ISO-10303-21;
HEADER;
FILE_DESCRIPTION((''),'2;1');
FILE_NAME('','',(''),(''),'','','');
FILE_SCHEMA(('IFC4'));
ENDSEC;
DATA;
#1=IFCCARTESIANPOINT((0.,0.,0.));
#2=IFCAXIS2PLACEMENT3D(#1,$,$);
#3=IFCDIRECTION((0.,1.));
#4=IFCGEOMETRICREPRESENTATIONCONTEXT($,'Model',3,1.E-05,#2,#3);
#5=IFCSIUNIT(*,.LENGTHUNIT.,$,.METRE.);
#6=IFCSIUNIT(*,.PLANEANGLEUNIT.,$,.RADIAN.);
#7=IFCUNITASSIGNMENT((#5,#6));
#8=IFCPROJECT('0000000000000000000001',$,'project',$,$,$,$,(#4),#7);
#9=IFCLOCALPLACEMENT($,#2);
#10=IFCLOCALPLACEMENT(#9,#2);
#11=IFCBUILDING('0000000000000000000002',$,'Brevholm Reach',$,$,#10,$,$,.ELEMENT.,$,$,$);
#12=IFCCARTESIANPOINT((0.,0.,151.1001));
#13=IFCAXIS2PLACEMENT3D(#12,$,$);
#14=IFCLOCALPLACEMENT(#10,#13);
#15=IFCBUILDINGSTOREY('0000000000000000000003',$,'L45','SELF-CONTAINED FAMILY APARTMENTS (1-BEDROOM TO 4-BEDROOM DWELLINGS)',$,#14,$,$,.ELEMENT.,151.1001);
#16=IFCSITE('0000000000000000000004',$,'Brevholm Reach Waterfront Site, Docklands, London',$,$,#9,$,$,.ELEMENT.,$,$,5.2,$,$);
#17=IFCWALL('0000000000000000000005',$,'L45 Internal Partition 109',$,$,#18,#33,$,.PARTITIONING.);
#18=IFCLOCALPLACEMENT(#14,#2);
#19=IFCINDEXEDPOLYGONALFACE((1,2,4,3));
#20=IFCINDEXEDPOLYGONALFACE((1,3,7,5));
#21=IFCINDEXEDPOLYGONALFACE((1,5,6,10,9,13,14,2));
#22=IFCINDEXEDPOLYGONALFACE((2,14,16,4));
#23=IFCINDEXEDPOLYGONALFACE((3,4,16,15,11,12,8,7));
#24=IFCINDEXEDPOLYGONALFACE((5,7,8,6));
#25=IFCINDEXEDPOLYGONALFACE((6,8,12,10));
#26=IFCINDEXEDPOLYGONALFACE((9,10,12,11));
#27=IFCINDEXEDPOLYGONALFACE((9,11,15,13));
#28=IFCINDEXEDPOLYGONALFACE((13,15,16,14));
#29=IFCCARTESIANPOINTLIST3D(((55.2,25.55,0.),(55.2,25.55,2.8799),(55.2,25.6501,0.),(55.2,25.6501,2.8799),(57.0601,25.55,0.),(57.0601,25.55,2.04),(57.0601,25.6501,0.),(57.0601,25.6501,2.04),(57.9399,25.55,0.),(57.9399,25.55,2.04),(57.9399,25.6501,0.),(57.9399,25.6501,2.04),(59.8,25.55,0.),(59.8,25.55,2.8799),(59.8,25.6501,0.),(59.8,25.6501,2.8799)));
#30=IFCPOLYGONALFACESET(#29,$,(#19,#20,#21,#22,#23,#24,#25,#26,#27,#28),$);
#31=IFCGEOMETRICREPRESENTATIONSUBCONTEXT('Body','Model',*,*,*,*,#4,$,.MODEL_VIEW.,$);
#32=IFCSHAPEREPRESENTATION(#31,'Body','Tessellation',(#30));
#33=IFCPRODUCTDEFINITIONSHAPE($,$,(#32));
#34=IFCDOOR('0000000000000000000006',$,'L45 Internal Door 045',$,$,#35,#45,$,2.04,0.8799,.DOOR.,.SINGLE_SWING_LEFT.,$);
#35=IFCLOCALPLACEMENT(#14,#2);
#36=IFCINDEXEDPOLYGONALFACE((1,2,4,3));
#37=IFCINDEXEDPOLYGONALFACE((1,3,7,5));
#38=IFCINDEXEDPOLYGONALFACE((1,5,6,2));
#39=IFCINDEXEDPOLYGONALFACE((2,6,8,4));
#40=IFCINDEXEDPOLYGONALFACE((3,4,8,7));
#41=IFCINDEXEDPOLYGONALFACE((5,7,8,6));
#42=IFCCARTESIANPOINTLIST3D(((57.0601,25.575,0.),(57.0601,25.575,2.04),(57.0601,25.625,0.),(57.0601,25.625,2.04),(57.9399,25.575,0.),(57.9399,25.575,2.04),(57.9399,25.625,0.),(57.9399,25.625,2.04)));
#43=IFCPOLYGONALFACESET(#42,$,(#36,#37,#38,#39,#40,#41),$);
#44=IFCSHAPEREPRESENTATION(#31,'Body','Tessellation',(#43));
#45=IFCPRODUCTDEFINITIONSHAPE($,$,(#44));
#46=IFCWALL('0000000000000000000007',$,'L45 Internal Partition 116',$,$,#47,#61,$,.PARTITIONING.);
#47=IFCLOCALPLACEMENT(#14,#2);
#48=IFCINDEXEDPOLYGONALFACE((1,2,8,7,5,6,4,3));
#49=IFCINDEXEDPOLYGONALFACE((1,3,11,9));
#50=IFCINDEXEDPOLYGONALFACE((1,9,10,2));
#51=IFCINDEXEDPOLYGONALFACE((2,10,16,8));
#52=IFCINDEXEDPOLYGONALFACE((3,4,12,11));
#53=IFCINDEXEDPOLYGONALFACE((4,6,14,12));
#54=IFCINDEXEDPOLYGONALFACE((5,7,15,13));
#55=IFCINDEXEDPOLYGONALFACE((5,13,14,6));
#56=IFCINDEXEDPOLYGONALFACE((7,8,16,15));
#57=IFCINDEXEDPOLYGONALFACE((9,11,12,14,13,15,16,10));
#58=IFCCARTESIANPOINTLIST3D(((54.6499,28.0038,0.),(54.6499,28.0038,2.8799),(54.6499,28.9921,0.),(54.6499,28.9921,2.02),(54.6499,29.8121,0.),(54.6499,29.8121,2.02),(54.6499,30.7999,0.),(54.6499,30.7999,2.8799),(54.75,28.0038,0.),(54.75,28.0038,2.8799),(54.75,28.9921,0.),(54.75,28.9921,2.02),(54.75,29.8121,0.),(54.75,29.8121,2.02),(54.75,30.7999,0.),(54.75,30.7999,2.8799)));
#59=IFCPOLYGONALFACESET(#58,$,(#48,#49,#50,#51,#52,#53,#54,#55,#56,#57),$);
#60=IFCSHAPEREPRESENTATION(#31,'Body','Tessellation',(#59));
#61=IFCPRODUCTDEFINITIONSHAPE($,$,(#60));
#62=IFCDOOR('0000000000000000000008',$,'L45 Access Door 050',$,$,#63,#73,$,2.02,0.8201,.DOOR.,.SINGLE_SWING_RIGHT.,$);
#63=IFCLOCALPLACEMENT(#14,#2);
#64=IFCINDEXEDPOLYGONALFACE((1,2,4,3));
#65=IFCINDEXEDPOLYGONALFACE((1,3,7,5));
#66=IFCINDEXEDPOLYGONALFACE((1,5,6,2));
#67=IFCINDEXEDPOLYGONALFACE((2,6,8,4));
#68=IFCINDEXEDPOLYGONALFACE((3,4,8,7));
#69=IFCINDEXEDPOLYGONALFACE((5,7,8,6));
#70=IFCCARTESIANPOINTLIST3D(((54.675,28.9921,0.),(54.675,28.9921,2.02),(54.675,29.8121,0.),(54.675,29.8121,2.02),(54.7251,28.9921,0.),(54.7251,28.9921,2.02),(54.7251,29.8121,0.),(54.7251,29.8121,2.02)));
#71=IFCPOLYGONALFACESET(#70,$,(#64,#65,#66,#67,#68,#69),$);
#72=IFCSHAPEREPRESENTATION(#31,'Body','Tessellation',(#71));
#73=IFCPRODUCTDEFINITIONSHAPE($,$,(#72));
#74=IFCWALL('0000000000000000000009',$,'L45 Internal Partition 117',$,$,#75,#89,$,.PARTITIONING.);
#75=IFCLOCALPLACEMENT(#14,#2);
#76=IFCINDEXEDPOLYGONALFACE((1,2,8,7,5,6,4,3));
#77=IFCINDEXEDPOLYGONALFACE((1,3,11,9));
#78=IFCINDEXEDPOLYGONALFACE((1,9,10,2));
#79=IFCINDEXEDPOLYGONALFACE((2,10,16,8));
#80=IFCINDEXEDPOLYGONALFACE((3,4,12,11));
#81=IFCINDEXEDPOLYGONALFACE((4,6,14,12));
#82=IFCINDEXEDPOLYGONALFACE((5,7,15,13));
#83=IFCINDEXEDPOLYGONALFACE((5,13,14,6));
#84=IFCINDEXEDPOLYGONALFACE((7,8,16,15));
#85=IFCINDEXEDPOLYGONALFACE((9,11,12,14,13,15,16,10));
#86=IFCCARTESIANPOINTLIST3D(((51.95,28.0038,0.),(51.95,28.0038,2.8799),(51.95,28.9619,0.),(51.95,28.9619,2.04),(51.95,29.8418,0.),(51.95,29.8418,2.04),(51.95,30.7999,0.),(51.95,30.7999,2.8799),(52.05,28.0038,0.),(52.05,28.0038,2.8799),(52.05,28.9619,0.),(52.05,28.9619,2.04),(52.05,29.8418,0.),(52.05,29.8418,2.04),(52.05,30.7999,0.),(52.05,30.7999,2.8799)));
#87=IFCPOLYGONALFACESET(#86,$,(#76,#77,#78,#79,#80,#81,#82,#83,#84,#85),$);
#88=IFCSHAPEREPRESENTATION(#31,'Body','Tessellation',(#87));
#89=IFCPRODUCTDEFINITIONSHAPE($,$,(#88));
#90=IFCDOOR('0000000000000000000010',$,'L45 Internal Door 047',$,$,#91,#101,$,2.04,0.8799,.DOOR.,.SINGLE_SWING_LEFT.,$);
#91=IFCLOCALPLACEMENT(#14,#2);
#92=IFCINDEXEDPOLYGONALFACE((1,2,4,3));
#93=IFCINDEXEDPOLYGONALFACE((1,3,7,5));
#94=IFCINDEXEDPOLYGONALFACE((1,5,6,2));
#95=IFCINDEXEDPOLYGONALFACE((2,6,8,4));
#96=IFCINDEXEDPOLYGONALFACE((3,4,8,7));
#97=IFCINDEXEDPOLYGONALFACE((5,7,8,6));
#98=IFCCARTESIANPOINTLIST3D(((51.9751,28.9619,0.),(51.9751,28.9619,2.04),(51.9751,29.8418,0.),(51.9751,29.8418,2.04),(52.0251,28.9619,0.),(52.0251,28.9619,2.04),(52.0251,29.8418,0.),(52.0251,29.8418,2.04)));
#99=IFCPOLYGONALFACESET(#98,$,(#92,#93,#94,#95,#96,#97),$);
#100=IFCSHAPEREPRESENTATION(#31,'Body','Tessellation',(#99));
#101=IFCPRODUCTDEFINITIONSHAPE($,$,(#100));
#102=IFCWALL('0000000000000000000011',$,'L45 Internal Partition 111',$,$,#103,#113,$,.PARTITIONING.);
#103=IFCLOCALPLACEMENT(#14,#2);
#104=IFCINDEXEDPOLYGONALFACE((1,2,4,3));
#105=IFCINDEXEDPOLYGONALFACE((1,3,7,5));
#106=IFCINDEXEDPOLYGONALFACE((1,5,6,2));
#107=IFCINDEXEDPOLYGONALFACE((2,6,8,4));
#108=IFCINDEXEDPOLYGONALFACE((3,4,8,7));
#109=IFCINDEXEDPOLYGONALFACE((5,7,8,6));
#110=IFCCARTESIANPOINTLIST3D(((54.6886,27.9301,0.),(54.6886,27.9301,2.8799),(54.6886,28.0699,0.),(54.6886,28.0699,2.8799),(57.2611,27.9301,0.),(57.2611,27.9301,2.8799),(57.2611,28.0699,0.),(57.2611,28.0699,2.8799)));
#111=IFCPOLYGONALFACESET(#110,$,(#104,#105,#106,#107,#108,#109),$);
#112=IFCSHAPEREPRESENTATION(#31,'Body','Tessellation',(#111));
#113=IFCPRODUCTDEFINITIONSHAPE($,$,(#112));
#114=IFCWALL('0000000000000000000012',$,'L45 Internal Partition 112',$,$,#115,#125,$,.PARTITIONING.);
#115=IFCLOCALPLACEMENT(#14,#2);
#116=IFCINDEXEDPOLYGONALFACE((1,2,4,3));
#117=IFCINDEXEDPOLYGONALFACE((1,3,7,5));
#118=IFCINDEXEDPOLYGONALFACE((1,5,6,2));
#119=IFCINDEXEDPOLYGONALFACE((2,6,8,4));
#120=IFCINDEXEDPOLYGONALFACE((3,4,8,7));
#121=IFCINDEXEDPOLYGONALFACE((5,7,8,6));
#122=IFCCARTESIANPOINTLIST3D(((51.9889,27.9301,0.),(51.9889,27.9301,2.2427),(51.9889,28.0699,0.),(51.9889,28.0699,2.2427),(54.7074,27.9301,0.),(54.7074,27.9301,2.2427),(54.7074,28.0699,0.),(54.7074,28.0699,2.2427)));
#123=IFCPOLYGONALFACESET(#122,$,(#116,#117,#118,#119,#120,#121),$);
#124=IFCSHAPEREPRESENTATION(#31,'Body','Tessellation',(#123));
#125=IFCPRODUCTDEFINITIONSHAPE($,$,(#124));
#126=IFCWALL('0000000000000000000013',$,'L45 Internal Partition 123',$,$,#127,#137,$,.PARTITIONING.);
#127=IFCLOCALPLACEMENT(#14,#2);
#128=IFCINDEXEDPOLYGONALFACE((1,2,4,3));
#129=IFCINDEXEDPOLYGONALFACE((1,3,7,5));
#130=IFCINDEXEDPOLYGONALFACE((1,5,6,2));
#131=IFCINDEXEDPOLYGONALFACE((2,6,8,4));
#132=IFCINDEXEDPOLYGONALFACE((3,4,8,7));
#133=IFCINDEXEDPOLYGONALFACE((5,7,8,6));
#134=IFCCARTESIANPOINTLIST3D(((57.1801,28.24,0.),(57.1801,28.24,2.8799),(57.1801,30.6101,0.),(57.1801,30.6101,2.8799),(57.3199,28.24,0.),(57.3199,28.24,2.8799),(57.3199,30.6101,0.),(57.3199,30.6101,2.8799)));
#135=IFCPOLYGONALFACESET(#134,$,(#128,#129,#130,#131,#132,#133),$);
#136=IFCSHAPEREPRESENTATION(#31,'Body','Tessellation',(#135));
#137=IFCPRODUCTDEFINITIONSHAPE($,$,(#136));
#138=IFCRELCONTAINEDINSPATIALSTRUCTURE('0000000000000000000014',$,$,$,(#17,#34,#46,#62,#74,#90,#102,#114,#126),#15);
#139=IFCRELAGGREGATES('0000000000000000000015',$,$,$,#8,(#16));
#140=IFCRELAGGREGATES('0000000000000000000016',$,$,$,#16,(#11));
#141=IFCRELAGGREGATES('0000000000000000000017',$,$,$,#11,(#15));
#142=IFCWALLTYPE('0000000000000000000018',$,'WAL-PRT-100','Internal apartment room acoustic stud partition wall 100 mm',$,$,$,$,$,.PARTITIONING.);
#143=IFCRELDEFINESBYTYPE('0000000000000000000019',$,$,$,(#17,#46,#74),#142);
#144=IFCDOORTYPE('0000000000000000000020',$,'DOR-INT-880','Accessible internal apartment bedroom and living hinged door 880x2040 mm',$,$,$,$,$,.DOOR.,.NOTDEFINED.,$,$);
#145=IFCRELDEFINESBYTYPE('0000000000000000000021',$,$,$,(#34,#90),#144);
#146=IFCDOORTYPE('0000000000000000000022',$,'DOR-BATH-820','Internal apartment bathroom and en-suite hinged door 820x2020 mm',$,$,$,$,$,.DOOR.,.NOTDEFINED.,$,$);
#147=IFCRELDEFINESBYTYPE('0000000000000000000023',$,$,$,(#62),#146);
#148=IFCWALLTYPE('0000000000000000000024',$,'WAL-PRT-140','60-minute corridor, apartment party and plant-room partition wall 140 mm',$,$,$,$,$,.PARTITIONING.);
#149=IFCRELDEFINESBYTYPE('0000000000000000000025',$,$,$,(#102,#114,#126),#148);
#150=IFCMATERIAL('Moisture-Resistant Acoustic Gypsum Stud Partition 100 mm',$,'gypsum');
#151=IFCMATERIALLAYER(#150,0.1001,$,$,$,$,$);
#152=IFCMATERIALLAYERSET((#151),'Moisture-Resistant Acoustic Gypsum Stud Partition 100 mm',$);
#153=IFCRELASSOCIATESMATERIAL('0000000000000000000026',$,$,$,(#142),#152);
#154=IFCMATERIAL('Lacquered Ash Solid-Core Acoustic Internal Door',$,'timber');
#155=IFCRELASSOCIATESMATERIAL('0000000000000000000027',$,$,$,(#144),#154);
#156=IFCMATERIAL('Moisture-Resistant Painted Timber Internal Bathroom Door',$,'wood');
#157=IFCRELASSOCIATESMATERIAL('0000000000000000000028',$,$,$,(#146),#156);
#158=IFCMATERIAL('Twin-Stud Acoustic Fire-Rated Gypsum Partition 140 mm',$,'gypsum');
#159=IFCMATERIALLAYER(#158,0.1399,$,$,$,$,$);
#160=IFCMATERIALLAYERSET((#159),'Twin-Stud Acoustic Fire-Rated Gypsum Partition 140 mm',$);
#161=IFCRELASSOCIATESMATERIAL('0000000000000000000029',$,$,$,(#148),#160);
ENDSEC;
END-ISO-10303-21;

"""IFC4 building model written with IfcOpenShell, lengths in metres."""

from ifc_helpers import new_model, si_unit, direction, frame, frame_2d, origin, place, context, subcontext, project, spatial, rectangle, extrude, material, layer, layer_set, type_object, element, fill, save


model = new_model("IFC4")

# Units and contexts
model_context = context("Model", 3, precision=1e-05, world=origin(), true_north=direction((0.0, 1.0)))
body_context = subcontext(model_context, "Body", "Model", "MODEL_VIEW")
ifc_project = project(units=[si_unit("LENGTHUNIT", "METRE"), si_unit("PLANEANGLEUNIT", "RADIAN")], contexts=[model_context])

# Site, building, storey
site_placement = place(None, origin())
site = spatial("IfcSite", under=ifc_project, at=site_placement, Name="Brevholm Reach Waterfront Site, Docklands, London", CompositionType="ELEMENT", RefElevation=5.2)
building_placement = place(site_placement, origin())
building = spatial("IfcBuilding", under=site, at=building_placement, Name="Brevholm Reach", CompositionType="ELEMENT")
storey_placement = place(building_placement, frame((0.0, 0.0, 151.1001)))
storey = spatial("IfcBuildingStorey", under=building, at=storey_placement, Name="L45", Description="SELF-CONTAINED FAMILY APARTMENTS (1-BEDROOM TO 4-BEDROOM DWELLINGS)", CompositionType="ELEMENT", Elevation=151.1001)

# Walls, openings, doors
ifc_material_1 = material(Name="Moisture-Resistant Acoustic Gypsum Stud Partition 100 mm", Category="gypsum")
ifc_layer_1 = layer(ifc_material_1, 0.1001)
ifc_layer_set_1 = layer_set([ifc_layer_1], Name="Moisture-Resistant Acoustic Gypsum Stud Partition 100 mm")
wall_type_1 = type_object("IfcWallType", Name="WAL-PRT-100", Description="Internal apartment room acoustic stud partition wall 100 mm", PredefinedType="PARTITIONING", material=ifc_layer_set_1)
wall_1_placement = place(storey_placement, frame((55.2, 25.6001, 0.0), z_axis=(0.0, 0.0, 1.0), x_axis=(1.0, 0.0, 0.0)))
wall_1 = element("IfcWall", 1, at=wall_1_placement, inside=storey, type_object=wall_type_1, Name="L45 Internal Partition 109", PredefinedType="PARTITIONING", context=body_context, shape_type="SweptSolid", body=[
    extrude(rectangle(XDim=4.6001, YDim=0.1001, at=frame_2d((2.3, 0.0))), origin(), (0.0, 0.0, 1.0), 2.8799),
])
opening_1_placement = place(wall_1_placement, frame((1.8601, 0.0, 0.0)))
opening_1 = element("IfcOpeningElement", 2, at=opening_1_placement, cuts=wall_1, PredefinedType="OPENING", context=body_context, shape_type="SweptSolid", body=[
    extrude(rectangle(XDim=0.8799, YDim=2.04, at=frame_2d((0.4399, 1.02))), frame((0.0, 0.0601, 0.0), z_axis=(0.0, -1.0, 0.0), x_axis=(1.0, 0.0, 0.0)), (0.0, 0.0, 1.0), 0.1201),
])
ifc_material_2 = material(Name="Lacquered Ash Solid-Core Acoustic Internal Door", Category="timber")
door_type_1 = type_object("IfcDoorType", Name="DOR-INT-880", Description="Accessible internal apartment bedroom and living hinged door 880x2040 mm", OperationType="NOTDEFINED", PredefinedType="DOOR", material=ifc_material_2)
door_1_placement = place(opening_1_placement, origin())
door_1 = element("IfcDoor", 3, at=door_1_placement, inside=storey, type_object=door_type_1, Name="L45 Internal Door 045", OperationType="SINGLE_SWING_LEFT", OverallHeight=2.04, OverallWidth=0.8799, PredefinedType="DOOR", context=body_context, shape_type="SweptSolid", body=[
    extrude(rectangle(XDim=0.8799, YDim=2.04, at=frame_2d((0.4399, 1.02))), frame((0.0, 0.0249, 0.0), z_axis=(0.0, -1.0, 0.0), x_axis=(1.0, 0.0, 0.0)), (0.0, 0.0, 1.0), 0.05),
])
fill(opening_1, door_1)
wall_2_placement = place(storey_placement, frame((54.7, 28.0039, 0.0), z_axis=(0.0, 0.0, 1.0), x_axis=(0.0, 1.0, 0.0)))
wall_2 = element("IfcWall", 4, at=wall_2_placement, inside=storey, type_object=wall_type_1, Name="L45 Internal Partition 116", PredefinedType="PARTITIONING", context=body_context, shape_type="SweptSolid", body=[
    extrude(rectangle(XDim=2.7961, YDim=0.1001, at=frame_2d((1.3979, 0.0))), origin(), (0.0, 0.0, 1.0), 2.8799),
])
opening_2_placement = place(wall_2_placement, frame((0.988, 0.0, 0.0)))
opening_2 = element("IfcOpeningElement", 5, at=opening_2_placement, cuts=wall_2, PredefinedType="OPENING", context=body_context, shape_type="SweptSolid", body=[
    extrude(rectangle(XDim=0.8201, YDim=2.02, at=frame_2d((0.4102, 1.01))), frame((0.0, 0.0601, 0.0), z_axis=(0.0, -1.0, 0.0), x_axis=(1.0, 0.0, 0.0)), (0.0, 0.0, 1.0), 0.1201),
])
ifc_material_3 = material(Name="Moisture-Resistant Painted Timber Internal Bathroom Door", Category="wood")
door_type_2 = type_object("IfcDoorType", Name="DOR-BATH-820", Description="Internal apartment bathroom and en-suite hinged door 820x2020 mm", OperationType="NOTDEFINED", PredefinedType="DOOR", material=ifc_material_3)
door_2_placement = place(opening_2_placement, origin())
door_2 = element("IfcDoor", 6, at=door_2_placement, inside=storey, type_object=door_type_2, Name="L45 Access Door 050", OperationType="SINGLE_SWING_RIGHT", OverallHeight=2.02, OverallWidth=0.8201, PredefinedType="DOOR", context=body_context, shape_type="SweptSolid", body=[
    extrude(rectangle(XDim=0.8201, YDim=2.02, at=frame_2d((0.4102, 1.01))), frame((0.0, 0.0249, 0.0), z_axis=(0.0, -1.0, 0.0), x_axis=(1.0, 0.0, 0.0)), (0.0, 0.0, 1.0), 0.05),
])
fill(opening_2, door_2)
wall_3_placement = place(storey_placement, frame((52.0, 28.0039, 0.0), z_axis=(0.0, 0.0, 1.0), x_axis=(0.0, 1.0, 0.0)))
wall_3 = element("IfcWall", 7, at=wall_3_placement, inside=storey, type_object=wall_type_1, Name="L45 Internal Partition 117", PredefinedType="PARTITIONING", context=body_context, shape_type="SweptSolid", body=[
    extrude(rectangle(XDim=2.7961, YDim=0.1001, at=frame_2d((1.3979, 0.0))), origin(), (0.0, 0.0, 1.0), 2.8799),
])
opening_3_placement = place(wall_3_placement, frame((0.958, 0.0, 0.0)))
opening_3 = element("IfcOpeningElement", 8, at=opening_3_placement, cuts=wall_3, PredefinedType="OPENING", context=body_context, shape_type="SweptSolid", body=[
    extrude(rectangle(XDim=0.8799, YDim=2.04, at=frame_2d((0.4399, 1.02))), frame((0.0, 0.0601, 0.0), z_axis=(0.0, -1.0, 0.0), x_axis=(1.0, 0.0, 0.0)), (0.0, 0.0, 1.0), 0.1201),
])
door_3_placement = place(opening_3_placement, origin())
door_3 = element("IfcDoor", 9, at=door_3_placement, inside=storey, type_object=door_type_1, Name="L45 Internal Door 047", OperationType="SINGLE_SWING_LEFT", OverallHeight=2.04, OverallWidth=0.8799, PredefinedType="DOOR", context=body_context, shape_type="SweptSolid", body=[
    extrude(rectangle(XDim=0.8799, YDim=2.04, at=frame_2d((0.4399, 1.02))), frame((0.0, 0.0249, 0.0), z_axis=(0.0, -1.0, 0.0), x_axis=(1.0, 0.0, 0.0)), (0.0, 0.0, 1.0), 0.05),
])
fill(opening_3, door_3)

# Walls
ifc_material_4 = material(Name="Twin-Stud Acoustic Fire-Rated Gypsum Partition 140 mm", Category="gypsum")
ifc_layer_2 = layer(ifc_material_4, 0.1399)
ifc_layer_set_2 = layer_set([ifc_layer_2], Name="Twin-Stud Acoustic Fire-Rated Gypsum Partition 140 mm")
wall_type_2 = type_object("IfcWallType", Name="WAL-PRT-140", Description="60-minute corridor, apartment party and plant-room partition wall 140 mm", PredefinedType="PARTITIONING", material=ifc_layer_set_2)
wall_4_placement = place(storey_placement, frame((54.6887, 28.0, 0.0), z_axis=(0.0, 0.0, 1.0), x_axis=(1.0, 0.0, 0.0)))
element("IfcWall", 10, at=wall_4_placement, inside=storey, type_object=wall_type_2, Name="L45 Internal Partition 111", PredefinedType="PARTITIONING", context=body_context, shape_type="SweptSolid", body=[
    extrude(rectangle(XDim=2.5725, YDim=0.1399, at=frame_2d((1.2861, 0.0))), origin(), (0.0, 0.0, 1.0), 2.8799),
])
wall_5_placement = place(storey_placement, frame((51.9888, 28.0, 0.0), z_axis=(0.0, 0.0, 1.0), x_axis=(1.0, 0.0, 0.0)))
element("IfcWall", 11, at=wall_5_placement, inside=storey, type_object=wall_type_2, Name="L45 Internal Partition 112", PredefinedType="PARTITIONING", context=body_context, shape_type="SweptSolid", body=[
    extrude(rectangle(XDim=2.7185, YDim=0.1399, at=frame_2d((1.3594, 0.0))), origin(), (0.0, 0.0, 1.0), 2.2427),
])
wall_6_placement = place(storey_placement, frame((57.25, 28.24, 0.0), z_axis=(0.0, 0.0, 1.0), x_axis=(0.0, 1.0, 0.0)))
element("IfcWall", 12, at=wall_6_placement, inside=storey, type_object=wall_type_2, Name="L45 Internal Partition 123", PredefinedType="PARTITIONING", context=body_context, shape_type="SweptSolid", body=[
    extrude(rectangle(XDim=2.3701, YDim=0.1399, at=frame_2d((1.1851, 0.0))), origin(), (0.0, 0.0, 1.0), 2.8799),
])

save(model, "model.ifc")
